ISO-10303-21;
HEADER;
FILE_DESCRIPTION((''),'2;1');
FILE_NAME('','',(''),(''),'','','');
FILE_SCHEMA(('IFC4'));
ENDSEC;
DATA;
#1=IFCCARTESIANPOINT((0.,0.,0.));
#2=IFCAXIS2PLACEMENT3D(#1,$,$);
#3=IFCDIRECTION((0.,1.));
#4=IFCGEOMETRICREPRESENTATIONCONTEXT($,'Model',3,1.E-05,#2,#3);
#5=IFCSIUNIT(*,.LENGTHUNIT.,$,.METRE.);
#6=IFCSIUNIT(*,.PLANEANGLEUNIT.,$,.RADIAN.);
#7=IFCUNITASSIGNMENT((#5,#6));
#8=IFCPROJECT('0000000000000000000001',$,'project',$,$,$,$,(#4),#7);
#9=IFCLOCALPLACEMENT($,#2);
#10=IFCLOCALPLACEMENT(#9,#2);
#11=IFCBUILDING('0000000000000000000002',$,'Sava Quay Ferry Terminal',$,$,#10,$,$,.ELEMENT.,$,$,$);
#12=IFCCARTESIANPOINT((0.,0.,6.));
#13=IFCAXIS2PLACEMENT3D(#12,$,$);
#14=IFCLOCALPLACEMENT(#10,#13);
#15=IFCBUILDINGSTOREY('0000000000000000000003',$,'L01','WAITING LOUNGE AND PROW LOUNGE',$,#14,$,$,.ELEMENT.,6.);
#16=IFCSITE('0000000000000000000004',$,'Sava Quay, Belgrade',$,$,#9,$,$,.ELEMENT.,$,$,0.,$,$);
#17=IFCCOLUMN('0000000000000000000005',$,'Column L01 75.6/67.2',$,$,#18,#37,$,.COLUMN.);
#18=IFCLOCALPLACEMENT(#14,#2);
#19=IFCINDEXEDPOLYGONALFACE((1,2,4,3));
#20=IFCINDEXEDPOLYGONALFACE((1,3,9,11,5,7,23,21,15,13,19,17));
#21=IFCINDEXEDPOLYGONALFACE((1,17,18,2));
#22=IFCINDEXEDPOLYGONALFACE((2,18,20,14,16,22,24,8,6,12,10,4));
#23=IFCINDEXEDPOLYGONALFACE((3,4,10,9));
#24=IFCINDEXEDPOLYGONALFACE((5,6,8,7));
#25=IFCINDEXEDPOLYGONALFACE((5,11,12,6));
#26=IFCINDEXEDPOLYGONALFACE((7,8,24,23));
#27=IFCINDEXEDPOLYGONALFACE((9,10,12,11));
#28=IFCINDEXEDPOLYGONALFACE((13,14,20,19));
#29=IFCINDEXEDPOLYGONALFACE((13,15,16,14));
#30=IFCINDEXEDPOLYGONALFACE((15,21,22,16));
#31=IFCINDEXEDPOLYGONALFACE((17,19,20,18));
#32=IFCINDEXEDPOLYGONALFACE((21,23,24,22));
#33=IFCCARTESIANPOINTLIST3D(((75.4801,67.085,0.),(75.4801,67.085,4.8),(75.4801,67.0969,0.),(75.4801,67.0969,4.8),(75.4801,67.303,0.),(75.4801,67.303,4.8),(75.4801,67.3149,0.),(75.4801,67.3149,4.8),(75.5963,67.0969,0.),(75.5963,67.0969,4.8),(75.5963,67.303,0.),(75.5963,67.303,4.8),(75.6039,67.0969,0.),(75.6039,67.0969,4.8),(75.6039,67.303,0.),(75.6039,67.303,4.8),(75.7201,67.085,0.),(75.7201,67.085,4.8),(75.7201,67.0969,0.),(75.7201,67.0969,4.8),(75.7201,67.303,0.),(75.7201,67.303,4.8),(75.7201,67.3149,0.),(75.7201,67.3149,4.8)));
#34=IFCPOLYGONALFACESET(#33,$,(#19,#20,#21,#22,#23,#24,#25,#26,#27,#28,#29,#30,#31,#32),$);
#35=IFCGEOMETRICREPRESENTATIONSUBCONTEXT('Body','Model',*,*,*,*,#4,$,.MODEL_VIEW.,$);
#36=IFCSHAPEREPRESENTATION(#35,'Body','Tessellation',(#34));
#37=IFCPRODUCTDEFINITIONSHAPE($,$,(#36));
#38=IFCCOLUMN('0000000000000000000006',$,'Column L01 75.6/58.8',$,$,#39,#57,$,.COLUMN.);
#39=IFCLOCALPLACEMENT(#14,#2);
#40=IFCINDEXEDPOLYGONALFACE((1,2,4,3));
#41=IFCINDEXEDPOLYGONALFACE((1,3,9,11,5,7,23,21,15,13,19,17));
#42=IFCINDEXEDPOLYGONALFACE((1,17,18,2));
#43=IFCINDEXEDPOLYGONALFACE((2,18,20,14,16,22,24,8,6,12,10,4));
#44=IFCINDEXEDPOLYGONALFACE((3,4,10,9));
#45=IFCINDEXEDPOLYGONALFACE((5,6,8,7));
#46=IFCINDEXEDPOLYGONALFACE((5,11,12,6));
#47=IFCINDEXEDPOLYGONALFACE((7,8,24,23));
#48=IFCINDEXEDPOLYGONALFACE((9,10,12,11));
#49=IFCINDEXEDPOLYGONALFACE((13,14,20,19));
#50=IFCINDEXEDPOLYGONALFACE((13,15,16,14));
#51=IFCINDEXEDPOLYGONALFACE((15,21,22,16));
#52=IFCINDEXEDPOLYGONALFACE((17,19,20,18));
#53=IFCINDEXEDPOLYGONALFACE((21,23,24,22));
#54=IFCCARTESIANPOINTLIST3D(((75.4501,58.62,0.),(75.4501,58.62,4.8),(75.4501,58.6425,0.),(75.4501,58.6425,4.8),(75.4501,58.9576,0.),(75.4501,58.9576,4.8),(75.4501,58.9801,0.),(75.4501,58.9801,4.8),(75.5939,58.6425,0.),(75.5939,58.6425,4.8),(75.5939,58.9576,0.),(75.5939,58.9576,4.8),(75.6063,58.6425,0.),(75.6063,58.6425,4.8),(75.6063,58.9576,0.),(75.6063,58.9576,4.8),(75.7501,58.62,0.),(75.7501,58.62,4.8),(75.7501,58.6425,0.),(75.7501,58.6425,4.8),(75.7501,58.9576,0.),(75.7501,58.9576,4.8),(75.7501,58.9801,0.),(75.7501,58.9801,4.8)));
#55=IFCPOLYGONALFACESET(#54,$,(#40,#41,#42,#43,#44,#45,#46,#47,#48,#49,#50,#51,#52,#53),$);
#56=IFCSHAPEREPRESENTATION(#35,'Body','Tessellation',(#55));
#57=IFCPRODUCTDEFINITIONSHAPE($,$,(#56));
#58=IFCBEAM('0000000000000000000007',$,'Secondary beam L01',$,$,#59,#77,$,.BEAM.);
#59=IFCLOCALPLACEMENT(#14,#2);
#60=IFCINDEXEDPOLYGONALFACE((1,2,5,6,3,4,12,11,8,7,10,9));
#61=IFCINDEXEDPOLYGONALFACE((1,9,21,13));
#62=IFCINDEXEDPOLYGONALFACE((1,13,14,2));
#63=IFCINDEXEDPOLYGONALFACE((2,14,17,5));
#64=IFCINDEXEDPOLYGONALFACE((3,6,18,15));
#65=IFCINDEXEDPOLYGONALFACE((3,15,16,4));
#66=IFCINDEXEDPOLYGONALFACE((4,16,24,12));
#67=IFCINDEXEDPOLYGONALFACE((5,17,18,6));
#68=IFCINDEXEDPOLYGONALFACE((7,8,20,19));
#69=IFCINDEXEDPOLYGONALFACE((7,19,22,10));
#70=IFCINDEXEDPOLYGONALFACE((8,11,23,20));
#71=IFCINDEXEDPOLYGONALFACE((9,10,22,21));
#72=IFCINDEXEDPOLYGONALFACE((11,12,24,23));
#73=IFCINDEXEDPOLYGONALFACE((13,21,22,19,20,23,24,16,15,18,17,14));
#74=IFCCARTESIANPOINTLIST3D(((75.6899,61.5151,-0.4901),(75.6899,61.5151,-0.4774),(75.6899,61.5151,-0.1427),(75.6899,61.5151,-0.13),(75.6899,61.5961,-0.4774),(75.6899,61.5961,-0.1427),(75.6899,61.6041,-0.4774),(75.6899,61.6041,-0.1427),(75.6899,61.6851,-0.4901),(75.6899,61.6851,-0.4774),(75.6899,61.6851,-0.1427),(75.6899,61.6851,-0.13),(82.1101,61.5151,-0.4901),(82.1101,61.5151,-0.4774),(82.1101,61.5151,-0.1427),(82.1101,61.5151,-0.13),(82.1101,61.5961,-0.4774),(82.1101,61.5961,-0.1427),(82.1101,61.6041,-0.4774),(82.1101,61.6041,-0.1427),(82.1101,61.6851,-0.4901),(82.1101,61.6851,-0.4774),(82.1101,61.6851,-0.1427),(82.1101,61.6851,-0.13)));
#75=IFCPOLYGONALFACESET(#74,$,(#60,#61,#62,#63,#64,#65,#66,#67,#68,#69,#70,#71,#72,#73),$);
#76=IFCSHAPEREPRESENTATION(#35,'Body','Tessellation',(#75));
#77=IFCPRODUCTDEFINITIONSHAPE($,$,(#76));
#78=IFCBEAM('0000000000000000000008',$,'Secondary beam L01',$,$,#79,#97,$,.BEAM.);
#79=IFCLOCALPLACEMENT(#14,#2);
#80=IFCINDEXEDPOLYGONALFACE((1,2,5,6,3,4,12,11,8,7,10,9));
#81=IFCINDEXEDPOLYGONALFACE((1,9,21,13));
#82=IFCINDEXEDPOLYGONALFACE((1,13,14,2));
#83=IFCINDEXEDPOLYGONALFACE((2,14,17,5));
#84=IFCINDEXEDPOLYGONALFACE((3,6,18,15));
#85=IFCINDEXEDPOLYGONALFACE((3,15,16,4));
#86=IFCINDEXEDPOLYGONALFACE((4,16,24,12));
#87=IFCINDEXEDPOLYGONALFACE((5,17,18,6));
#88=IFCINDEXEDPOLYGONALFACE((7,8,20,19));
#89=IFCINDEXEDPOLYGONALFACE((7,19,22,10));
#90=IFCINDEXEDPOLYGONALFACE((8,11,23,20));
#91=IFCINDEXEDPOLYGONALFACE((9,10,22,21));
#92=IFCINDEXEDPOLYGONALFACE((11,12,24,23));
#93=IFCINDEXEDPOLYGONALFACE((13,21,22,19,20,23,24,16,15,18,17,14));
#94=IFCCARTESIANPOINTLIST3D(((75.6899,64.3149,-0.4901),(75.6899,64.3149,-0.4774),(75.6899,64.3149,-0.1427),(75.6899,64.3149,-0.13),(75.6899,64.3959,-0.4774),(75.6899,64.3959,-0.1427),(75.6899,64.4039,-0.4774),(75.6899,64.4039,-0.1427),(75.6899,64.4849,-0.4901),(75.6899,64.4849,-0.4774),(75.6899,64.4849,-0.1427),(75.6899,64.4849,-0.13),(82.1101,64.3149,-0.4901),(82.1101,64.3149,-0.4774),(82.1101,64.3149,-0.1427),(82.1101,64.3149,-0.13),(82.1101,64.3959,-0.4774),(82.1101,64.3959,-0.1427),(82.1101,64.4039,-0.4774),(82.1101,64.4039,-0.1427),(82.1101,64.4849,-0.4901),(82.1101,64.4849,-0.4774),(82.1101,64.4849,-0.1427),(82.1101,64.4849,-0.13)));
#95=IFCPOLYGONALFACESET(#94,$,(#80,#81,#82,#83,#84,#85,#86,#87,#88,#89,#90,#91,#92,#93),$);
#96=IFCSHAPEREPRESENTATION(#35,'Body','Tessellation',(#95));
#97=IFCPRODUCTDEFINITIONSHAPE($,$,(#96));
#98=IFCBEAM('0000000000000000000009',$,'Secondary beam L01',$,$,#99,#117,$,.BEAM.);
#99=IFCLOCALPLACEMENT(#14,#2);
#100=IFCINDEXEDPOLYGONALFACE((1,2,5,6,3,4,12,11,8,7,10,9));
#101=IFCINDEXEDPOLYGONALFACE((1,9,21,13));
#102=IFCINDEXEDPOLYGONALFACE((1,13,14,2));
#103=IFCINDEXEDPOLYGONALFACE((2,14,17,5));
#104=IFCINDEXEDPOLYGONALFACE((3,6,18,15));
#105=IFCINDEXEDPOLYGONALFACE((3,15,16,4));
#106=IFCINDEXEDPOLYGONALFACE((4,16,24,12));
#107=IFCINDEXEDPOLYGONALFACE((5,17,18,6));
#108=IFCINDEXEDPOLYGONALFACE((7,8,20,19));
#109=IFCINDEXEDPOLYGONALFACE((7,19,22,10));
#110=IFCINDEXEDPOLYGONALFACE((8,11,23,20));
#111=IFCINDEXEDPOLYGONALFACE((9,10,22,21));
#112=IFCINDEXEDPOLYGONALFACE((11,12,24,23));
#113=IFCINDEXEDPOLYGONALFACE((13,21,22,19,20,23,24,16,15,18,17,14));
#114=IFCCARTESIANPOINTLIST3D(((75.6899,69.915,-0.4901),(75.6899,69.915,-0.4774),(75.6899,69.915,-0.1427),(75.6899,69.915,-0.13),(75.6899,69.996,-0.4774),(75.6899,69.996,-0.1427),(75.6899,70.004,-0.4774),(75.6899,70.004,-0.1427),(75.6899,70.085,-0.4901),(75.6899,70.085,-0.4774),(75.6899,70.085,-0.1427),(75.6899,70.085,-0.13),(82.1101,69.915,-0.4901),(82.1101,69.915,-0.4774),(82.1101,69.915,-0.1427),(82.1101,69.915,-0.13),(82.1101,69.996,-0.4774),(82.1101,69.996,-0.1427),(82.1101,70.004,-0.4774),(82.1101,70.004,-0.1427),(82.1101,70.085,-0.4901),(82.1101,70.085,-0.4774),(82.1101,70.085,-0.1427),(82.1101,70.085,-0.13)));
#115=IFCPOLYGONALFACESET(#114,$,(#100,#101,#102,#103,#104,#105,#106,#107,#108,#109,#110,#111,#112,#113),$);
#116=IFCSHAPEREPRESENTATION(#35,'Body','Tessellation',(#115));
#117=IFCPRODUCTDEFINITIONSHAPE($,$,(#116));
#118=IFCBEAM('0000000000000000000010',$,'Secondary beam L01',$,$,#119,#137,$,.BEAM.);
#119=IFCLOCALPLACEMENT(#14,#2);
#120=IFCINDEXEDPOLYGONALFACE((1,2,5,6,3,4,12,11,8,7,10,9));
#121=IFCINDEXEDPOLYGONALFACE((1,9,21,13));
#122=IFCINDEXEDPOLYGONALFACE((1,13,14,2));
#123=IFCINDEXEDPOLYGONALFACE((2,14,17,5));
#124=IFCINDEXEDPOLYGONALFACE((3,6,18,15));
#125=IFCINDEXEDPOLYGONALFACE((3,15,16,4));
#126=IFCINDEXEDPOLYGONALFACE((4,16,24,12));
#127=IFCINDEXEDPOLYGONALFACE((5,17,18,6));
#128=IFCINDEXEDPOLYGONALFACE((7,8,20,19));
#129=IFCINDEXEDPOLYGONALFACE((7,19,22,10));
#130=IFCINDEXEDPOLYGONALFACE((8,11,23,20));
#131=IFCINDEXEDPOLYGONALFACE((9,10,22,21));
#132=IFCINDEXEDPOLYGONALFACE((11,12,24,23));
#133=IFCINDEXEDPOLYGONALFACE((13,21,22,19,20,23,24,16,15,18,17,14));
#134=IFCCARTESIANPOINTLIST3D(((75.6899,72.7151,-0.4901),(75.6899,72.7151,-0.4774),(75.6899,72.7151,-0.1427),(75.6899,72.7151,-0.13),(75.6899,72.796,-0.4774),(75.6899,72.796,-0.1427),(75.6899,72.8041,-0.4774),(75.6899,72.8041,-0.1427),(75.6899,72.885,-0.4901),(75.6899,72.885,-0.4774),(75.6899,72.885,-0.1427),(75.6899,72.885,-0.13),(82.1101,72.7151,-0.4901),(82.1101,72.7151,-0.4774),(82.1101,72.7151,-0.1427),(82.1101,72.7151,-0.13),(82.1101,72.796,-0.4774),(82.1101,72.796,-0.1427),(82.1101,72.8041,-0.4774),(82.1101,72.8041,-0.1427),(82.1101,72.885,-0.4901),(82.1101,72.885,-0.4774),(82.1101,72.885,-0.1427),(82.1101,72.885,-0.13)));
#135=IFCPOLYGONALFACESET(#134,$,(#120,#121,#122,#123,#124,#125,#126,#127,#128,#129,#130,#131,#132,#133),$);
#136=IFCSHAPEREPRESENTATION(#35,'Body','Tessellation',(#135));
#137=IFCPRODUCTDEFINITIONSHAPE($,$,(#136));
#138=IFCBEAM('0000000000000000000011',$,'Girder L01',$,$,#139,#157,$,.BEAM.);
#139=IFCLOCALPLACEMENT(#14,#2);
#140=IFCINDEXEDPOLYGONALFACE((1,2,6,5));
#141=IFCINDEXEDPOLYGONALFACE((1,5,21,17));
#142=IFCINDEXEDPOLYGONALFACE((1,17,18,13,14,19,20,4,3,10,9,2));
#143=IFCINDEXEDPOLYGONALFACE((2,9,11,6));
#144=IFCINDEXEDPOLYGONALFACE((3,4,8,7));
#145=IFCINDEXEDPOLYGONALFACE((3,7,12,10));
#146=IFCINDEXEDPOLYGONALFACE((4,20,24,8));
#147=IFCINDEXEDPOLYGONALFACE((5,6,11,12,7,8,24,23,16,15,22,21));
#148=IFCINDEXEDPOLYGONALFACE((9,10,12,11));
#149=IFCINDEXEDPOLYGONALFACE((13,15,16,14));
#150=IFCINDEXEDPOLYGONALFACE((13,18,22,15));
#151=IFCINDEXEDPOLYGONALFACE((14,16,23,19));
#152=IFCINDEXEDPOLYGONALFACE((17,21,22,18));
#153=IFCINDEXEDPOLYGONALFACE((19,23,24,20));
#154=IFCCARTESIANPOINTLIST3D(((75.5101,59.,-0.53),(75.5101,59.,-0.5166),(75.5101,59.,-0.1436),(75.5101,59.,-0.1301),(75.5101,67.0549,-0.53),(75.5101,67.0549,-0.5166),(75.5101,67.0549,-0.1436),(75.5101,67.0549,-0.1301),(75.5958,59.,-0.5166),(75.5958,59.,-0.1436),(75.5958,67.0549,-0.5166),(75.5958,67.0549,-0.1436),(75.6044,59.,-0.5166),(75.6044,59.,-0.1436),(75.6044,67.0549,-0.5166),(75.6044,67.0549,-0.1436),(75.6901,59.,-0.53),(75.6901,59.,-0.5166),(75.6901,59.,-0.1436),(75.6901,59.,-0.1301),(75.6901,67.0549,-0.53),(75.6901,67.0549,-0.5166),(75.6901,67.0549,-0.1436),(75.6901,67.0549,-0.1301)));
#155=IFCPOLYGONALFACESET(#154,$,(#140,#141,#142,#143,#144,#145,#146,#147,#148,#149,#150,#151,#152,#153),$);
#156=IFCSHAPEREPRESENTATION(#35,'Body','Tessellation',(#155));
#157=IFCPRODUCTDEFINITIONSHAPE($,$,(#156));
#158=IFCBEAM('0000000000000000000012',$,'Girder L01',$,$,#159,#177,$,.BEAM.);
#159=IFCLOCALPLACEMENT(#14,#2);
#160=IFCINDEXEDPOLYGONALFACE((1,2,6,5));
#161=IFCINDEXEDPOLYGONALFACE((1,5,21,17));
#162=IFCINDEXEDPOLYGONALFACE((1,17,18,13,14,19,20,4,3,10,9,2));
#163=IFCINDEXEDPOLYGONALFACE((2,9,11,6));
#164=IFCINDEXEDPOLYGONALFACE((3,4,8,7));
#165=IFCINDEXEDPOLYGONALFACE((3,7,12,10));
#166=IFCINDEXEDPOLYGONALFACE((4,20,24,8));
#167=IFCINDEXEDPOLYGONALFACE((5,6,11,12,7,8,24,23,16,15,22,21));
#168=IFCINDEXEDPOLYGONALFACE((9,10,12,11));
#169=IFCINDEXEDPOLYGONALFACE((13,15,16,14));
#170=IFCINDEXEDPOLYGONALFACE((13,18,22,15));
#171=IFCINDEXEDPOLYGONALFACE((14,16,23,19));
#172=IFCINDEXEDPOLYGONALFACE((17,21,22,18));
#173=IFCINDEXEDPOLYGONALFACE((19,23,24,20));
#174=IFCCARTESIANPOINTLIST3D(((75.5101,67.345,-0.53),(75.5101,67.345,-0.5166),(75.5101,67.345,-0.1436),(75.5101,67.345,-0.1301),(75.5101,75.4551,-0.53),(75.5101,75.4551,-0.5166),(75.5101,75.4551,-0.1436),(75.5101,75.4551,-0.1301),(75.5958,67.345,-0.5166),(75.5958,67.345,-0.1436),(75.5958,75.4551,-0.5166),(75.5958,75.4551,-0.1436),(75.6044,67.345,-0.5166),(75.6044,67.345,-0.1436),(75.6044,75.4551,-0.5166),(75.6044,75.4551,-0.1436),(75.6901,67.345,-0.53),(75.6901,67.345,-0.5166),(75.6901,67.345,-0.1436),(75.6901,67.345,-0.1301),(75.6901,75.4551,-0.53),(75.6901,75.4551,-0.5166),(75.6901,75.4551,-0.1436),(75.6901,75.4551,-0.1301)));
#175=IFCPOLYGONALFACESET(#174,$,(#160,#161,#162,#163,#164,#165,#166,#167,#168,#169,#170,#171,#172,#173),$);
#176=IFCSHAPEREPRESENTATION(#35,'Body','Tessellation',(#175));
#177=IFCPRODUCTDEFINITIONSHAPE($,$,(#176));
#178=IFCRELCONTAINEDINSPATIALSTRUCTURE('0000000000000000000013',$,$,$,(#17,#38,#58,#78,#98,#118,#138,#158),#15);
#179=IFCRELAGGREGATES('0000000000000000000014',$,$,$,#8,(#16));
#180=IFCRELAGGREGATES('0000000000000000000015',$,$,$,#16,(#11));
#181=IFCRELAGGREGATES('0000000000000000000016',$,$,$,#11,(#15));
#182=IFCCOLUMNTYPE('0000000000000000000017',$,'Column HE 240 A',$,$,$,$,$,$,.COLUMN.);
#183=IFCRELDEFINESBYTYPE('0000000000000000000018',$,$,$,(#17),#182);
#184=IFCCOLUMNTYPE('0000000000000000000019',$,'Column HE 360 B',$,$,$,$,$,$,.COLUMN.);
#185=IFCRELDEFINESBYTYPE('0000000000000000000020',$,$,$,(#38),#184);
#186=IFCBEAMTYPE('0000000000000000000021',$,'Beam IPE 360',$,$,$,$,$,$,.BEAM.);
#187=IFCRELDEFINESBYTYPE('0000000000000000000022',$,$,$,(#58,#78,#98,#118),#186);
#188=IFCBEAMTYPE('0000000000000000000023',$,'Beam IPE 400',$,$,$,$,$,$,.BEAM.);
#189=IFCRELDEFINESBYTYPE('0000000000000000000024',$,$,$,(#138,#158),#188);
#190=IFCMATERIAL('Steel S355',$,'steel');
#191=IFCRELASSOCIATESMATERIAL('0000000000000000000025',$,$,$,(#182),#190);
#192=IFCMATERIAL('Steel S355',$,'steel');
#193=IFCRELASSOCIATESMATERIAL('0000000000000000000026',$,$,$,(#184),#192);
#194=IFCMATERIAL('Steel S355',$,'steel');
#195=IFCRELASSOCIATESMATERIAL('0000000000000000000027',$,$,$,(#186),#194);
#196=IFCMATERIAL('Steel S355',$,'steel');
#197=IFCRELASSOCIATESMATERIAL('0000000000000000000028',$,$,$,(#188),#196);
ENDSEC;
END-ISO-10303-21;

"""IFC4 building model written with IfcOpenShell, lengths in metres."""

from ifc_helpers import new_model, si_unit, direction, frame, origin, origin_2d, place, context, subcontext, project, spatial, i_section, extrude, material, material_profile, profile_set, type_object, element, save


model = new_model("IFC4")

# Units and contexts
model_context = context("Model", 3, precision=1e-05, world=origin(), true_north=direction((0.0, 1.0)))
body_context = subcontext(model_context, "Body", "Model", "MODEL_VIEW")
ifc_project = project(units=[si_unit("LENGTHUNIT", "METRE"), si_unit("PLANEANGLEUNIT", "RADIAN")], contexts=[model_context])

# Site, building, storey
site_placement = place(None, origin())
site = spatial("IfcSite", under=ifc_project, at=site_placement, Name="Sava Quay, Belgrade", CompositionType="ELEMENT", RefElevation=0.0)
building_placement = place(site_placement, origin())
building = spatial("IfcBuilding", under=site, at=building_placement, Name="Sava Quay Ferry Terminal", CompositionType="ELEMENT")
storey_placement = place(building_placement, frame((0.0, 0.0, 6.0)))
storey = spatial("IfcBuildingStorey", under=building, at=storey_placement, Name="L01", Description="WAITING LOUNGE AND PROW LOUNGE", CompositionType="ELEMENT", Elevation=6.0)

# Columns
ifc_material_1 = material(Name="Steel S355", Category="steel")
ifc_material_profile_1 = material_profile(ifc_material_1, i_section(OverallWidth=0.24, OverallDepth=0.23, WebThickness=0.0076, FlangeThickness=0.012, at=origin_2d()), Name="HE 240 A")
ifc_profile_set_1 = profile_set([ifc_material_profile_1], Name="Steel S355")
column_type_1 = type_object("IfcColumnType", Name="Column HE 240 A", PredefinedType="COLUMN", material=ifc_profile_set_1)
column_1_placement = place(storey_placement, frame((75.6001, 67.2, 0.0), z_axis=(0.0, 0.0, 1.0), x_axis=(1.0, 0.0, 0.0)))
element("IfcColumn", 1, at=column_1_placement, inside=storey, type_object=column_type_1, Name="Column L01 75.6/67.2", PredefinedType="COLUMN", context=body_context, shape_type="SweptSolid", body=[
    extrude(i_section(OverallWidth=0.24, OverallDepth=0.23, WebThickness=0.0076, FlangeThickness=0.012, at=origin_2d()), origin(), (0.0, 0.0, 1.0), 4.8),
])
ifc_material_2 = material(Name="Steel S355", Category="steel")
ifc_material_profile_2 = material_profile(ifc_material_2, i_section(OverallWidth=0.3, OverallDepth=0.3601, WebThickness=0.0125, FlangeThickness=0.0225, at=origin_2d()), Name="HE 360 B")
ifc_profile_set_2 = profile_set([ifc_material_profile_2], Name="Steel S355")
column_type_2 = type_object("IfcColumnType", Name="Column HE 360 B", PredefinedType="COLUMN", material=ifc_profile_set_2)
column_2_placement = place(storey_placement, frame((75.6001, 58.8, 0.0), z_axis=(0.0, 0.0, 1.0), x_axis=(1.0, 0.0, 0.0)))
element("IfcColumn", 2, at=column_2_placement, inside=storey, type_object=column_type_2, Name="Column L01 75.6/58.8", PredefinedType="COLUMN", context=body_context, shape_type="SweptSolid", body=[
    extrude(i_section(OverallWidth=0.3, OverallDepth=0.3601, WebThickness=0.0125, FlangeThickness=0.0225, at=origin_2d()), origin(), (0.0, 0.0, 1.0), 4.8),
])

# Beams
ifc_material_3 = material(Name="Steel S355", Category="steel")
ifc_material_profile_3 = material_profile(ifc_material_3, i_section(OverallWidth=0.1699, OverallDepth=0.3601, WebThickness=0.0081, FlangeThickness=0.0127, at=origin_2d()), Name="IPE 360")
ifc_profile_set_3 = profile_set([ifc_material_profile_3], Name="Steel S355")
beam_type_1 = type_object("IfcBeamType", Name="Beam IPE 360", PredefinedType="BEAM", material=ifc_profile_set_3)
for number, where, z_axis, x_axis, name in (
    (3, (75.6899, 61.6001, -0.3101), (1.0, 0.0, 0.0), (0.0, 1.0, 0.0), "Secondary beam L01"),
    (4, (75.6899, 64.3999, -0.3101), (1.0, 0.0, 0.0), (0.0, 1.0, 0.0), "Secondary beam L01"),
    (5, (75.6899, 70.0, -0.3101), (1.0, 0.0, 0.0), (0.0, 1.0, 0.0), "Secondary beam L01"),
    (6, (75.6899, 72.8, -0.3101), (1.0, 0.0, 0.0), (0.0, 1.0, 0.0), "Secondary beam L01"),
):
    element("IfcBeam", number, at=place(storey_placement, frame(where, z_axis=z_axis, x_axis=x_axis)), inside=storey, type_object=beam_type_1, Name=name, PredefinedType="BEAM", context=body_context, shape_type="SweptSolid", body=[
        extrude(i_section(OverallWidth=0.1699, OverallDepth=0.3601, WebThickness=0.0081, FlangeThickness=0.0127, at=origin_2d()), origin(), (0.0, 0.0, 1.0), 6.4202),
    ])
ifc_material_4 = material(Name="Steel S355", Category="steel")
ifc_material_profile_4 = material_profile(ifc_material_4, i_section(OverallWidth=0.1799, OverallDepth=0.3999, WebThickness=0.0085, FlangeThickness=0.0134, at=origin_2d()), Name="IPE 400")
ifc_profile_set_4 = profile_set([ifc_material_profile_4], Name="Steel S355")
beam_type_2 = type_object("IfcBeamType", Name="Beam IPE 400", PredefinedType="BEAM", material=ifc_profile_set_4)
beam_1_placement = place(storey_placement, frame((75.6001, 59.0, -0.3301), z_axis=(0.0, 1.0, 0.0), x_axis=(-1.0, 0.0, 0.0)))
element("IfcBeam", 7, at=beam_1_placement, inside=storey, type_object=beam_type_2, Name="Girder L01", PredefinedType="BEAM", context=body_context, shape_type="SweptSolid", body=[
    extrude(i_section(OverallWidth=0.1799, OverallDepth=0.3999, WebThickness=0.0085, FlangeThickness=0.0134, at=origin_2d()), origin(), (0.0, 0.0, 1.0), 8.0549),
])
beam_2_placement = place(storey_placement, frame((75.6001, 67.345, -0.3301), z_axis=(0.0, 1.0, 0.0), x_axis=(-1.0, 0.0, 0.0)))
element("IfcBeam", 8, at=beam_2_placement, inside=storey, type_object=beam_type_2, Name="Girder L01", PredefinedType="BEAM", context=body_context, shape_type="SweptSolid", body=[
    extrude(i_section(OverallWidth=0.1799, OverallDepth=0.3999, WebThickness=0.0085, FlangeThickness=0.0134, at=origin_2d()), origin(), (0.0, 0.0, 1.0), 8.1101),
])

save(model, "model.ifc")
